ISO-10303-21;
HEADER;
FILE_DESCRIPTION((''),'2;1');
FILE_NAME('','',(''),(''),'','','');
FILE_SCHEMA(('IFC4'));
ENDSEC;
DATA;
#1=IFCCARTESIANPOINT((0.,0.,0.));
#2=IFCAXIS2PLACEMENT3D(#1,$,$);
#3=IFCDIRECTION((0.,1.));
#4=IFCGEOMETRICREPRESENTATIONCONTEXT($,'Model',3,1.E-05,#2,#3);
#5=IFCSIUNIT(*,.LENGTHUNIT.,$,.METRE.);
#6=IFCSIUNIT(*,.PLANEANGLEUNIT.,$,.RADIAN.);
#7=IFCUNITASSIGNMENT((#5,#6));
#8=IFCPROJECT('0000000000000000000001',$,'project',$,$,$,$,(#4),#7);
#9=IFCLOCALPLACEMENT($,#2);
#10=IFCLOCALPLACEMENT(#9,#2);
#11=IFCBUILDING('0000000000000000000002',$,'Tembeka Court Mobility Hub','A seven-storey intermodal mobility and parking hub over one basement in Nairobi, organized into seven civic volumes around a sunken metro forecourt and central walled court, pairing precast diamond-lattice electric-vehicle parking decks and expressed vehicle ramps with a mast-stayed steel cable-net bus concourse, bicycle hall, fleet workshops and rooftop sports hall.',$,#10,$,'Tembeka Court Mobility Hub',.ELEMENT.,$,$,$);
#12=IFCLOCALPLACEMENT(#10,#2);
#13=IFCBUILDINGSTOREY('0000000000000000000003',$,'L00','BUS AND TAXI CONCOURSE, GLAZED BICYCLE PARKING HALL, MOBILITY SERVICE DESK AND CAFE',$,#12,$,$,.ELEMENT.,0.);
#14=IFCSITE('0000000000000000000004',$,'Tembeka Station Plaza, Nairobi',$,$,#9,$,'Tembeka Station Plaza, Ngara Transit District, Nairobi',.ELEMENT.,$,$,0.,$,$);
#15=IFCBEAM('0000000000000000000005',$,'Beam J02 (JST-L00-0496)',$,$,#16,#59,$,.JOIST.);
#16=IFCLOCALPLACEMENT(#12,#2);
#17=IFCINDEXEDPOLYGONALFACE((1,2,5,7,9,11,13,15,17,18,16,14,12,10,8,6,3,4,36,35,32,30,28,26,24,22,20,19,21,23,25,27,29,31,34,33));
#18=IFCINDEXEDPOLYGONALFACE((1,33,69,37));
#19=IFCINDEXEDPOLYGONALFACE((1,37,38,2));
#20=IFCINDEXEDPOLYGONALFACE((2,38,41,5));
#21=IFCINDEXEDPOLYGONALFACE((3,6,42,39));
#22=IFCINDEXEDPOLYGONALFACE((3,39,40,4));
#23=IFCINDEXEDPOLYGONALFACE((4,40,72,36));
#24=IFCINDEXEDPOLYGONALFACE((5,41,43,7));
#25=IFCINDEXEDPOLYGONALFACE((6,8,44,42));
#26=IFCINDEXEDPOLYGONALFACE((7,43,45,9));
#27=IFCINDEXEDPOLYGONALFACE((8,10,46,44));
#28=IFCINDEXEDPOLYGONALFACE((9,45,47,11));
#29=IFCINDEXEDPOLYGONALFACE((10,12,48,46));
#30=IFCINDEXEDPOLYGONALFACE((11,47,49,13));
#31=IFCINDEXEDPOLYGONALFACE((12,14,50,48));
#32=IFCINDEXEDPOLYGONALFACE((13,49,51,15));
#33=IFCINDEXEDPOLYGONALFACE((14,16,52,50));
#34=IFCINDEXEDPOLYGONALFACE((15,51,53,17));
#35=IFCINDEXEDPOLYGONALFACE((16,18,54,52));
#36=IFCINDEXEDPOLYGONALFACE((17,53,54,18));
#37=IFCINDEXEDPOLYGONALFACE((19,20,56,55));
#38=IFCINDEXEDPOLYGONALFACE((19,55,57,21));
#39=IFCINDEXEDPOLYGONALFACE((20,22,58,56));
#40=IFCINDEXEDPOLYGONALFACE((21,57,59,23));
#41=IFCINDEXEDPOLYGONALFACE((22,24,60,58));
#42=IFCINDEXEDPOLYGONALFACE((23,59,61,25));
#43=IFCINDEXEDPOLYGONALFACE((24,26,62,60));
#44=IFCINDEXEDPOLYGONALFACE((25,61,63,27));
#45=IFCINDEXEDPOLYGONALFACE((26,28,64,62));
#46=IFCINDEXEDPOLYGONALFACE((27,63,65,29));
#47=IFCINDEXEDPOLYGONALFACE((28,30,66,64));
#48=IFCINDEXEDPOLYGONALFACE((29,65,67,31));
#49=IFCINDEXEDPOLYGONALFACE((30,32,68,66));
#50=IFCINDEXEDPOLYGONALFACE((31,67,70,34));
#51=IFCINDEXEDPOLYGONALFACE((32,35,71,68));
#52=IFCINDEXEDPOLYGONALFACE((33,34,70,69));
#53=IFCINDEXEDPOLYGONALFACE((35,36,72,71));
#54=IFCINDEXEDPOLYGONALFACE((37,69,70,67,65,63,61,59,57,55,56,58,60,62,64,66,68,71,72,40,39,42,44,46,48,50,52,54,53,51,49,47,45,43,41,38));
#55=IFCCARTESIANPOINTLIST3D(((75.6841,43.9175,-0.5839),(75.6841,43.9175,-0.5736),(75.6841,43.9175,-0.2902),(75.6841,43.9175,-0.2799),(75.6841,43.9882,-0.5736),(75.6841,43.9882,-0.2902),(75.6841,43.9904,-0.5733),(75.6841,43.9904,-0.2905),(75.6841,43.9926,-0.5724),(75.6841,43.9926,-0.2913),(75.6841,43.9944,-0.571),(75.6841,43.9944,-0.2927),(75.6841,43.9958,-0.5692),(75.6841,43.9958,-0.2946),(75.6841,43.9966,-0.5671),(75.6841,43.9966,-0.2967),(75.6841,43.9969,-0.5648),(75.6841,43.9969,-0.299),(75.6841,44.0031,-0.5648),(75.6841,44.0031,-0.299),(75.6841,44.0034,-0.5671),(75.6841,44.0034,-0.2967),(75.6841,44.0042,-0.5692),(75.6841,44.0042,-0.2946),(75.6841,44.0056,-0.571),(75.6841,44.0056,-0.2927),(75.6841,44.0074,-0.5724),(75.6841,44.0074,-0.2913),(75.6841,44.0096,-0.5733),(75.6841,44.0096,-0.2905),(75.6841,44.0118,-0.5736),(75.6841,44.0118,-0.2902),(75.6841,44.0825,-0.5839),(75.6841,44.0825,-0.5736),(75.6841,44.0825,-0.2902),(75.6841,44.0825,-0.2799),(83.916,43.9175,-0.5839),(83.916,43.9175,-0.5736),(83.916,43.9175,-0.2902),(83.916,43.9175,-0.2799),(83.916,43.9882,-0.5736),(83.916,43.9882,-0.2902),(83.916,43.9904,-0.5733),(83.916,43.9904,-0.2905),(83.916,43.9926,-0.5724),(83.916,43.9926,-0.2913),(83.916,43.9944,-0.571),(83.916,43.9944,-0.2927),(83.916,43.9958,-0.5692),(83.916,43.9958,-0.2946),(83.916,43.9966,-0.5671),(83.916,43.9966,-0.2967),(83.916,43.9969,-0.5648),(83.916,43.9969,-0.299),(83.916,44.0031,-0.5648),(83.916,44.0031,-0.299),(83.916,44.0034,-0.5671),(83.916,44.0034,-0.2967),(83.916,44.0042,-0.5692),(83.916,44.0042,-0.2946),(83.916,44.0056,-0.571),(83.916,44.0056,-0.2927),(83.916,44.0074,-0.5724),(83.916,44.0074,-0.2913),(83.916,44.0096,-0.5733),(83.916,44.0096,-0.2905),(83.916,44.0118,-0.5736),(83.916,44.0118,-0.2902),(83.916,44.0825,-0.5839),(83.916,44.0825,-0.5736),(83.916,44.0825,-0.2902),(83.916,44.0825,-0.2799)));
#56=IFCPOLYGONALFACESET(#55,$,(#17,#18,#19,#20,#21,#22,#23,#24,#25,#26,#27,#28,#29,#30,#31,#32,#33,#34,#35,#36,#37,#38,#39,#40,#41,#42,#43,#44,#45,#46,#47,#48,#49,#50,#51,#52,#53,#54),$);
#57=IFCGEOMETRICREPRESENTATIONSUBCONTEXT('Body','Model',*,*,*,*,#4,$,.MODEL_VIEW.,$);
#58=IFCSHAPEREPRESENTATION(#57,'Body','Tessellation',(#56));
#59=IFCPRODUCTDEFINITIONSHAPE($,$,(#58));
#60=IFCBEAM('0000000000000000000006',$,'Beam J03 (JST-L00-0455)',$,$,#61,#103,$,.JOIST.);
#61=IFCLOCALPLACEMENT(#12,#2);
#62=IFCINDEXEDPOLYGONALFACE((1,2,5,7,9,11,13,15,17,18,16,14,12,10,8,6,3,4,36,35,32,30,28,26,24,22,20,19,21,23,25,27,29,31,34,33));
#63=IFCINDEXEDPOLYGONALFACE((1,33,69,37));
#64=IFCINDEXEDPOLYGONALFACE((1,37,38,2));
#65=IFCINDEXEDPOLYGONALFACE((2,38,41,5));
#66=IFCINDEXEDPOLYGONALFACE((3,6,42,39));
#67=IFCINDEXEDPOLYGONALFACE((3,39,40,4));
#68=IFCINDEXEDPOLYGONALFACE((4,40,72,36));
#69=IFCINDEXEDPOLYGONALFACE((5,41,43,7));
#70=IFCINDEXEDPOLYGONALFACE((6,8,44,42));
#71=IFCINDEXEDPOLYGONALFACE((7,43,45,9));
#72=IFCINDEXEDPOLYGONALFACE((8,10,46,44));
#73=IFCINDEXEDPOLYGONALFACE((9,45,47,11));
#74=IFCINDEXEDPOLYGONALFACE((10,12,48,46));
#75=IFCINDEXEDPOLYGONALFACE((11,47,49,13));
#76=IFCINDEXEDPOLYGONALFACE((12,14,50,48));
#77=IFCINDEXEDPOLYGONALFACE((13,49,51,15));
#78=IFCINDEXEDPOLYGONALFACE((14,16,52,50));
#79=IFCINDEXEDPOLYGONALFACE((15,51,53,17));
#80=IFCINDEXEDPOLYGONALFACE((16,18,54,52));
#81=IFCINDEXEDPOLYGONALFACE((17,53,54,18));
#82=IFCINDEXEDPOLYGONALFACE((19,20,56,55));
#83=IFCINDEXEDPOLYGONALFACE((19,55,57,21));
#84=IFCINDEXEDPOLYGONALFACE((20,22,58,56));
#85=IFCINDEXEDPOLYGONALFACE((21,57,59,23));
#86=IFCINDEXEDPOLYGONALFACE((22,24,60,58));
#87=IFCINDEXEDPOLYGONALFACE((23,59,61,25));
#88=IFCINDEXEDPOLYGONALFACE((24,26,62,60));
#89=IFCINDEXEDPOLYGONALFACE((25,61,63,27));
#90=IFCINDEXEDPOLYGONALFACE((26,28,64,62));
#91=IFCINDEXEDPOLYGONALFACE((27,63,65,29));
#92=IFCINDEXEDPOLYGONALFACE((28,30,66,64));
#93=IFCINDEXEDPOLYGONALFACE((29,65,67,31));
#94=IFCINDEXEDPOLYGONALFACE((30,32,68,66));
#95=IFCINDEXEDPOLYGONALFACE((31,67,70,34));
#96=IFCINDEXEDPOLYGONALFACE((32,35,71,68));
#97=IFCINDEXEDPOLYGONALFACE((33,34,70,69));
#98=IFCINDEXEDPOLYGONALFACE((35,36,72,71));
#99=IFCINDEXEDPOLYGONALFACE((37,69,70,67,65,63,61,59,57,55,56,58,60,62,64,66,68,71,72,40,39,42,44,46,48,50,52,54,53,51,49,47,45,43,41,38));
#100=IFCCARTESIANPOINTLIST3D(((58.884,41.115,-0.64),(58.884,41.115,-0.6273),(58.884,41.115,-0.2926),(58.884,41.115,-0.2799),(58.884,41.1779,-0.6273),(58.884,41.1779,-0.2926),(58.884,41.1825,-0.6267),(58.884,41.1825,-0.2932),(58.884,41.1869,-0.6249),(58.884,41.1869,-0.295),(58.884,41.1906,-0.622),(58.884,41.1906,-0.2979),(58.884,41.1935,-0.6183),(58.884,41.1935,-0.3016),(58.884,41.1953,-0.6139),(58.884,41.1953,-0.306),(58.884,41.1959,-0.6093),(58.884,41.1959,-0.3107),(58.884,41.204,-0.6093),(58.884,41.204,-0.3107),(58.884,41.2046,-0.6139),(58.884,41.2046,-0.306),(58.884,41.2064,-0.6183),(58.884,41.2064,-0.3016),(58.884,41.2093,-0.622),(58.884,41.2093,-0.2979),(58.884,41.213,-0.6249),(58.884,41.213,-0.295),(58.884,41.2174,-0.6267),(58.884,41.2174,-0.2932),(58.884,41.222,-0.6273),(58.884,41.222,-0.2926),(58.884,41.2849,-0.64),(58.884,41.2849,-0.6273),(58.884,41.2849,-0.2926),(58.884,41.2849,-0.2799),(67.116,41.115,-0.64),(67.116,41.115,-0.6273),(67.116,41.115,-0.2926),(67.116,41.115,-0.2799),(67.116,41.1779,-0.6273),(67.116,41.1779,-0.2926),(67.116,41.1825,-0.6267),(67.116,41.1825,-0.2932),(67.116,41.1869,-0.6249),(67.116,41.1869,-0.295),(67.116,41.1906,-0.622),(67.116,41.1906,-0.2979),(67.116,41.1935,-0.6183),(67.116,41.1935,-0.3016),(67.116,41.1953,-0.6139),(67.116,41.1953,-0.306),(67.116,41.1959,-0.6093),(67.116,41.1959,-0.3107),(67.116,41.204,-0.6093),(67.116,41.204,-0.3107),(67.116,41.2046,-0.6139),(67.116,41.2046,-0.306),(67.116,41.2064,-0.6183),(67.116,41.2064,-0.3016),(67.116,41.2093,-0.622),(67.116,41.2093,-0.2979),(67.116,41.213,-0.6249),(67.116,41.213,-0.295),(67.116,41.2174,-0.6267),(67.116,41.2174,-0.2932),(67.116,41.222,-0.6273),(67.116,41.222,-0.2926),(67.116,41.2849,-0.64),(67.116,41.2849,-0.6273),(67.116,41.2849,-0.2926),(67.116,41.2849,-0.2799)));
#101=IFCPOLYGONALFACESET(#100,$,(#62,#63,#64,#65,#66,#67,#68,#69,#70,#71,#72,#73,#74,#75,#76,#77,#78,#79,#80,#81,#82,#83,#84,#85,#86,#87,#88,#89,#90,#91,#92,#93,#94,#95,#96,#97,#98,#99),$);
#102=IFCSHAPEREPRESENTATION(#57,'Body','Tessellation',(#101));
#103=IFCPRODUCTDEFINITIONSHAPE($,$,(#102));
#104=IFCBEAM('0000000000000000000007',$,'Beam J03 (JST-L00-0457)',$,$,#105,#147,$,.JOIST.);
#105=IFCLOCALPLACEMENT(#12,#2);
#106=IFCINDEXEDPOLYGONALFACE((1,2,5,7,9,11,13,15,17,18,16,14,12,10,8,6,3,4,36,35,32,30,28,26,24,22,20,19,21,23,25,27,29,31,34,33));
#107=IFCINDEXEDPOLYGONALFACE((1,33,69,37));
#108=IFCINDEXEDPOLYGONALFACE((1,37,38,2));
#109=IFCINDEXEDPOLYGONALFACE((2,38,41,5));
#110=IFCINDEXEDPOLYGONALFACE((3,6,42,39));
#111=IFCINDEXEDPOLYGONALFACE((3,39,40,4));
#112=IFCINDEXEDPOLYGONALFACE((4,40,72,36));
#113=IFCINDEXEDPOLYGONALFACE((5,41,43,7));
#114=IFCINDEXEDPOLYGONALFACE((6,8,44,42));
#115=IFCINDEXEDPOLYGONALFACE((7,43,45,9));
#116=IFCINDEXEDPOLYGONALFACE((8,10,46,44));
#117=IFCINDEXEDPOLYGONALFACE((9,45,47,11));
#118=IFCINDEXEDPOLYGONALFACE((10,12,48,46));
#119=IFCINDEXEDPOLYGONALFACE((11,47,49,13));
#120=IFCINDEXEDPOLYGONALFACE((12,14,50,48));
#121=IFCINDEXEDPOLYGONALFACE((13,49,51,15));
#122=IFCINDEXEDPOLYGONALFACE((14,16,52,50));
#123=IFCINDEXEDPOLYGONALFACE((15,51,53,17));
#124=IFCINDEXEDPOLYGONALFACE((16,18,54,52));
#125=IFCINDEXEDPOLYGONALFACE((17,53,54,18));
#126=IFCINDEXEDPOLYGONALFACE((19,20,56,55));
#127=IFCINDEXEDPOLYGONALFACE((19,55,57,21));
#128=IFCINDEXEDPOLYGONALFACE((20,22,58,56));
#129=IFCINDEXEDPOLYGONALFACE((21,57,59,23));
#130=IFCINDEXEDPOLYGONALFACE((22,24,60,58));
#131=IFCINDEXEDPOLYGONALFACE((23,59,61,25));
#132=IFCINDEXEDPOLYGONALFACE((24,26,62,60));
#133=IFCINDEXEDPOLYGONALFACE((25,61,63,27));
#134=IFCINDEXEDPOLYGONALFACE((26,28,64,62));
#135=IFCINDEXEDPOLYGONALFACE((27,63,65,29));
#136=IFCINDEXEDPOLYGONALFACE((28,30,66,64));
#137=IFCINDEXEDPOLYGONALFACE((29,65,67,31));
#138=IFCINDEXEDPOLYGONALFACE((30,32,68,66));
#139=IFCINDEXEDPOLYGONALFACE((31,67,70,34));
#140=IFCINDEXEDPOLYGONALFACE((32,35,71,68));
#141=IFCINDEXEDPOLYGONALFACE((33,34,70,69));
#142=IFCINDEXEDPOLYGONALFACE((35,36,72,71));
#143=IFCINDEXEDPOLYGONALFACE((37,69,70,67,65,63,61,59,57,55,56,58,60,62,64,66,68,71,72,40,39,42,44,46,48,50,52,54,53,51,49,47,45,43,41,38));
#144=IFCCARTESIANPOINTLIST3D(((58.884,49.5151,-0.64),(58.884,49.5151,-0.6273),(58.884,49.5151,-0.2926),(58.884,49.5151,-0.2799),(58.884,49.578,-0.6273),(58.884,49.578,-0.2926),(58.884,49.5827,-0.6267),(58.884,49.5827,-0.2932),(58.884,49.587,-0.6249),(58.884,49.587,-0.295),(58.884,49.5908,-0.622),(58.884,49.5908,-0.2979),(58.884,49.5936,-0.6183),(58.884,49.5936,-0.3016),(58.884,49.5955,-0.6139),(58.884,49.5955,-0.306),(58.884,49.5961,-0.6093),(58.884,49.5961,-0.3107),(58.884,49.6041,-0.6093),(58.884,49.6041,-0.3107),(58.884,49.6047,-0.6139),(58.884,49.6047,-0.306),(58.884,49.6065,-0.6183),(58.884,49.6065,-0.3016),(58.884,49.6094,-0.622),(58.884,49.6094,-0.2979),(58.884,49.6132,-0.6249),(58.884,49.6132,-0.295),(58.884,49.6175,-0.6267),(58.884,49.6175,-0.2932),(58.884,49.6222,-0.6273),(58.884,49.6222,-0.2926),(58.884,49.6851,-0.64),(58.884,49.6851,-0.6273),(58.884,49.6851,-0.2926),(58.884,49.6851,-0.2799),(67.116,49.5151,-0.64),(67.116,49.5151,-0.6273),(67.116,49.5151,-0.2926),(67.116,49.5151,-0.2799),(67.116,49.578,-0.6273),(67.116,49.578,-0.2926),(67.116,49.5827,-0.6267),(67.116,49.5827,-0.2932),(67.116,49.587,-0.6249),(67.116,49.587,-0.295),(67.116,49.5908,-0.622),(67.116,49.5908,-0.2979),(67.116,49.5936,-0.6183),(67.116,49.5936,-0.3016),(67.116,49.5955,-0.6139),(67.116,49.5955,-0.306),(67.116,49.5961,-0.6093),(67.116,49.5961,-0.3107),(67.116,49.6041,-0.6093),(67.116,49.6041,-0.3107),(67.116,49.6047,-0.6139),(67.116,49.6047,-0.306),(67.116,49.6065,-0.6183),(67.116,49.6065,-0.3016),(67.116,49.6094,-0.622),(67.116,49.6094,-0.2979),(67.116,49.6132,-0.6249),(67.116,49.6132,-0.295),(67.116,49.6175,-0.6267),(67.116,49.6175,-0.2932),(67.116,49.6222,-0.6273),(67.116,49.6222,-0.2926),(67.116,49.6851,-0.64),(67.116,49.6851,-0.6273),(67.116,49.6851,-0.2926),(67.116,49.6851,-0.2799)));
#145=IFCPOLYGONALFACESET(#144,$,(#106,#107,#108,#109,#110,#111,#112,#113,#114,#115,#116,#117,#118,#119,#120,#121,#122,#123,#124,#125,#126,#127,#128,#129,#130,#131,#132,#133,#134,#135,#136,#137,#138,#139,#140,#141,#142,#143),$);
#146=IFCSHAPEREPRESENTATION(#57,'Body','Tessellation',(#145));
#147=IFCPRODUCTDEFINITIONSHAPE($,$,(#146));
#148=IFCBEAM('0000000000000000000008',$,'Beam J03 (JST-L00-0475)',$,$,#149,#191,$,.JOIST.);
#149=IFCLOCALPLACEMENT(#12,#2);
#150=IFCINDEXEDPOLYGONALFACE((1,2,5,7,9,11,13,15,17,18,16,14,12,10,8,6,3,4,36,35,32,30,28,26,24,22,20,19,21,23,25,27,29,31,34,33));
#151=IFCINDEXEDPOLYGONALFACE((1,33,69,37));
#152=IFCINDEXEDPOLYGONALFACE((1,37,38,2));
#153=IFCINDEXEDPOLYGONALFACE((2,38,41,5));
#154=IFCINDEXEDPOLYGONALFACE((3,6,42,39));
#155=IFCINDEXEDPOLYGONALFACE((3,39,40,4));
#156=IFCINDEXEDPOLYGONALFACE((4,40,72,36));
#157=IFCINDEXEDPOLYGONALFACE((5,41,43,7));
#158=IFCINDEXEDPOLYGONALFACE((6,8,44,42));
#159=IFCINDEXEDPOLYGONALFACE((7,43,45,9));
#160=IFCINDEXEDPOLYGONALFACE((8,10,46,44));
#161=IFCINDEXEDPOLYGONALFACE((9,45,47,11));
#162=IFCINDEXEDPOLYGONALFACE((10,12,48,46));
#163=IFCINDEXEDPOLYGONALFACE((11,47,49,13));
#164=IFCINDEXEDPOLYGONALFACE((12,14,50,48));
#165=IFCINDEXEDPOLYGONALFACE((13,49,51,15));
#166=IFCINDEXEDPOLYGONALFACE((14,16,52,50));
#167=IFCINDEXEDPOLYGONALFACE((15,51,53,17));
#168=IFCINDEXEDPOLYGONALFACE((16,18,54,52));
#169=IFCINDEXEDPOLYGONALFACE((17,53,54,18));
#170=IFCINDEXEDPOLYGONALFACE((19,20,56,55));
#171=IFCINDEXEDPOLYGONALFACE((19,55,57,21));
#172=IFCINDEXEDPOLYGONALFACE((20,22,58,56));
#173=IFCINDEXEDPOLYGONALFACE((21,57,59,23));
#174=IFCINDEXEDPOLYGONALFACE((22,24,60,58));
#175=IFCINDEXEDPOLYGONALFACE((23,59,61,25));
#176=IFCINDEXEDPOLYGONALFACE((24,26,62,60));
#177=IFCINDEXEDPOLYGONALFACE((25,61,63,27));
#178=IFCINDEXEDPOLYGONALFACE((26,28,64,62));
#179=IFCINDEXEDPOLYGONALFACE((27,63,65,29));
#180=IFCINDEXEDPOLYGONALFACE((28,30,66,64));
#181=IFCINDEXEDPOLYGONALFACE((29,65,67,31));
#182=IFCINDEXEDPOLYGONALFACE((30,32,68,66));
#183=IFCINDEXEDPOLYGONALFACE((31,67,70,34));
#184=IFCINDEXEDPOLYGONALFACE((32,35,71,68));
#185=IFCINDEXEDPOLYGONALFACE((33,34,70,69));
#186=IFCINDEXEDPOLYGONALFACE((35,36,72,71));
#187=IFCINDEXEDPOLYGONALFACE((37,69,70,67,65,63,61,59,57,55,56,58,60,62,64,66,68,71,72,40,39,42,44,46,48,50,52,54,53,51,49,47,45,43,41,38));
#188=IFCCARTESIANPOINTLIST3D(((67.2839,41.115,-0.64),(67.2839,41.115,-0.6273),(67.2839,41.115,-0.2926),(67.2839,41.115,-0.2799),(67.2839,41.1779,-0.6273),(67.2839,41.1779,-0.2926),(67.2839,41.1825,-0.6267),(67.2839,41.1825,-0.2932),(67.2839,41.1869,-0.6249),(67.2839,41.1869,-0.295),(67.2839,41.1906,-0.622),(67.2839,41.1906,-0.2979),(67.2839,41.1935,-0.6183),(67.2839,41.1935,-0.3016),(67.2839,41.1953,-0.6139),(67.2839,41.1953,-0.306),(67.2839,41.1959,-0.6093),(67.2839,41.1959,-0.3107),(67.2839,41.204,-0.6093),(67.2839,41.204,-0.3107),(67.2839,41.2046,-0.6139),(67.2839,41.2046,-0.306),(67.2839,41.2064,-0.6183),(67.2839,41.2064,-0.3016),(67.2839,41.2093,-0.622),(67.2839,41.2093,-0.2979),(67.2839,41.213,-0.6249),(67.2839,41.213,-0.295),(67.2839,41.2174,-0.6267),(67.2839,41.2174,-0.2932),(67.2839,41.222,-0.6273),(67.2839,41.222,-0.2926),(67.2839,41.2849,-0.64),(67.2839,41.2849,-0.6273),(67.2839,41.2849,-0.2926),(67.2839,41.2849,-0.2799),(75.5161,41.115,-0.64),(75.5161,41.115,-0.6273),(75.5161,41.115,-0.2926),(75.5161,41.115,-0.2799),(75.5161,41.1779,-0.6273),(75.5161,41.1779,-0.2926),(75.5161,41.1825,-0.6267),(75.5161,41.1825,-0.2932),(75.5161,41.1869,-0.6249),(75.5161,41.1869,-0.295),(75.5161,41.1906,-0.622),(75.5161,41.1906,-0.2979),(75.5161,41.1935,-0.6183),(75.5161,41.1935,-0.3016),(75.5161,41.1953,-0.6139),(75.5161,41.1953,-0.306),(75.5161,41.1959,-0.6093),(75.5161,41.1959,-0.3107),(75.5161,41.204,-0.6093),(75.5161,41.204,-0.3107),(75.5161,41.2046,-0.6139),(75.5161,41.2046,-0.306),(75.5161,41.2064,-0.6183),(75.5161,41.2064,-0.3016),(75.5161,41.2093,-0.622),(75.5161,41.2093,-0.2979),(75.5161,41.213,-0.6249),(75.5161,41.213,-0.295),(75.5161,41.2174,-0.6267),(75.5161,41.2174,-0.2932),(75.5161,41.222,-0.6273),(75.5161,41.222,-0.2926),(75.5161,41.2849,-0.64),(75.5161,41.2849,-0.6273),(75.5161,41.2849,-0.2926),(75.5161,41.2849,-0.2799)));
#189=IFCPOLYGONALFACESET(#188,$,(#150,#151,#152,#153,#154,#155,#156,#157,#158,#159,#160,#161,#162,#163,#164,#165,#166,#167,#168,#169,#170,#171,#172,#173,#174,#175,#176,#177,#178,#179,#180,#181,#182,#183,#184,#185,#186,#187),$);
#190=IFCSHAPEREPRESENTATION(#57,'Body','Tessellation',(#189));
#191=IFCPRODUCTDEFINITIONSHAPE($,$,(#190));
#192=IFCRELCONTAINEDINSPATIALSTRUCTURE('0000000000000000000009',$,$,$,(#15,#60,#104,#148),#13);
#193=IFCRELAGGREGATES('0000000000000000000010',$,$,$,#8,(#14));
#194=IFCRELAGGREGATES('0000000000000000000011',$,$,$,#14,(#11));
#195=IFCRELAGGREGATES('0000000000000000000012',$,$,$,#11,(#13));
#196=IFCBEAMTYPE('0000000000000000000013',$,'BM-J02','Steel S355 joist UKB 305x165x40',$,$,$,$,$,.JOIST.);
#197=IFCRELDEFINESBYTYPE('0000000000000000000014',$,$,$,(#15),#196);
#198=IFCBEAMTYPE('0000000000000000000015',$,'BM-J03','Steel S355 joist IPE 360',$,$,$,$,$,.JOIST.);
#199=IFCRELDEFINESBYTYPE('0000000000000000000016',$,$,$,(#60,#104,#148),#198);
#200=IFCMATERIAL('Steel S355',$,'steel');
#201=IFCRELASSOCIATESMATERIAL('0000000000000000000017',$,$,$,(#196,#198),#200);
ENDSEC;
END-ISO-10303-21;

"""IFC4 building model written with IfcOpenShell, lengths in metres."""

from ifc_helpers import new_model, si_unit, direction, frame, origin, origin_2d, place, context, subcontext, project, spatial, i_section, extrude, material, material_profile, profile_set, type_object, element, save


model = new_model("IFC4")

# Units and contexts
model_context = context("Model", 3, precision=1e-05, world=origin(), true_north=direction((0.0, 1.0)))
body_context = subcontext(model_context, "Body", "Model", "MODEL_VIEW")
ifc_project = project(units=[si_unit("LENGTHUNIT", "METRE"), si_unit("PLANEANGLEUNIT", "RADIAN")], contexts=[model_context])

# Site, building, storey
site_placement = place(None, origin())
site = spatial("IfcSite", under=ifc_project, at=site_placement, Name="Tembeka Station Plaza, Nairobi", LongName="Tembeka Station Plaza, Ngara Transit District, Nairobi", CompositionType="ELEMENT", RefElevation=0.0)
building_placement = place(site_placement, origin())
building = spatial("IfcBuilding", under=site, at=building_placement, Name="Tembeka Court Mobility Hub", Description="A seven-storey intermodal mobility and parking hub over one basement in Nairobi, organized into seven civic volumes around a sunken metro forecourt and central walled court, pairing precast diamond-lattice electric-vehicle parking decks and expressed vehicle ramps with a mast-stayed steel cable-net bus concourse, bicycle hall, fleet workshops and rooftop sports hall.", LongName="Tembeka Court Mobility Hub", CompositionType="ELEMENT")
storey_placement = place(building_placement, origin())
storey = spatial("IfcBuildingStorey", under=building, at=storey_placement, Name="L00", Description="BUS AND TAXI CONCOURSE, GLAZED BICYCLE PARKING HALL, MOBILITY SERVICE DESK AND CAFE", CompositionType="ELEMENT", Elevation=0.0)

# Shared definitions
ifc_material_1 = material(Name="Steel S355", Category="steel")

# Beams
ifc_material_profile_1 = material_profile(ifc_material_1, i_section(OverallWidth=0.165, OverallDepth=0.304, WebThickness=0.0061, FlangeThickness=0.0103, FilletRadius=0.0088, at=origin_2d()), Name="UKB 305x165x40")
ifc_profile_set_1 = profile_set([ifc_material_profile_1], Name="Steel S355")
beam_type_1 = type_object("IfcBeamType", Name="BM-J02", Description="Steel S355 joist UKB 305x165x40", PredefinedType="JOIST", material=ifc_profile_set_1)
beam_1_placement = place(storey_placement, frame((75.6841, 44.0, -0.4319), z_axis=(1.0, 0.0, 0.0), x_axis=(0.0, 1.0, 0.0)))
element("IfcBeam", 1, at=beam_1_placement, inside=storey, type_object=beam_type_1, Name="Beam J02 (JST-L00-0496)", PredefinedType="JOIST", context=body_context, shape_type="SweptSolid", body=[
    extrude(i_section(OverallWidth=0.165, OverallDepth=0.304, WebThickness=0.0061, FlangeThickness=0.0103, FilletRadius=0.0088, at=origin_2d()), origin(), (0.0, 0.0, 1.0), 8.2319),
])
ifc_material_profile_2 = material_profile(ifc_material_1, i_section(OverallWidth=0.1699, OverallDepth=0.3601, WebThickness=0.0081, FlangeThickness=0.0127, FilletRadius=0.0181, at=origin_2d()), Name="IPE 360")
ifc_profile_set_2 = profile_set([ifc_material_profile_2], Name="Steel S355")
beam_type_2 = type_object("IfcBeamType", Name="BM-J03", Description="Steel S355 joist IPE 360", PredefinedType="JOIST", material=ifc_profile_set_2)
for number, where, z_axis, x_axis, name in (
    (2, (58.884, 41.2, -0.46), (1.0, 0.0, 0.0), (0.0, 1.0, 0.0), "Beam J03 (JST-L00-0455)"),
    (3, (58.884, 49.6001, -0.46), (1.0, 0.0, 0.0), (0.0, 1.0, 0.0), "Beam J03 (JST-L00-0457)"),
):
    element("IfcBeam", number, at=place(storey_placement, frame(where, z_axis=z_axis, x_axis=x_axis)), inside=storey, type_object=beam_type_2, Name=name, PredefinedType="JOIST", context=body_context, shape_type="SweptSolid", body=[
        extrude(i_section(OverallWidth=0.1699, OverallDepth=0.3601, WebThickness=0.0081, FlangeThickness=0.0127, FilletRadius=0.0181, at=origin_2d()), origin(), (0.0, 0.0, 1.0), 8.2319),
    ])
beam_2_placement = place(storey_placement, frame((67.2839, 41.2, -0.46), z_axis=(1.0, 0.0, 0.0), x_axis=(0.0, 1.0, 0.0)))
element("IfcBeam", 4, at=beam_2_placement, inside=storey, type_object=beam_type_2, Name="Beam J03 (JST-L00-0475)", PredefinedType="JOIST", context=body_context, shape_type="SweptSolid", body=[
    extrude(i_section(OverallWidth=0.1699, OverallDepth=0.3601, WebThickness=0.0081, FlangeThickness=0.0127, FilletRadius=0.0181, at=origin_2d()), origin(), (0.0, 0.0, 1.0), 8.2322),
])

save(model, "model.ifc")
